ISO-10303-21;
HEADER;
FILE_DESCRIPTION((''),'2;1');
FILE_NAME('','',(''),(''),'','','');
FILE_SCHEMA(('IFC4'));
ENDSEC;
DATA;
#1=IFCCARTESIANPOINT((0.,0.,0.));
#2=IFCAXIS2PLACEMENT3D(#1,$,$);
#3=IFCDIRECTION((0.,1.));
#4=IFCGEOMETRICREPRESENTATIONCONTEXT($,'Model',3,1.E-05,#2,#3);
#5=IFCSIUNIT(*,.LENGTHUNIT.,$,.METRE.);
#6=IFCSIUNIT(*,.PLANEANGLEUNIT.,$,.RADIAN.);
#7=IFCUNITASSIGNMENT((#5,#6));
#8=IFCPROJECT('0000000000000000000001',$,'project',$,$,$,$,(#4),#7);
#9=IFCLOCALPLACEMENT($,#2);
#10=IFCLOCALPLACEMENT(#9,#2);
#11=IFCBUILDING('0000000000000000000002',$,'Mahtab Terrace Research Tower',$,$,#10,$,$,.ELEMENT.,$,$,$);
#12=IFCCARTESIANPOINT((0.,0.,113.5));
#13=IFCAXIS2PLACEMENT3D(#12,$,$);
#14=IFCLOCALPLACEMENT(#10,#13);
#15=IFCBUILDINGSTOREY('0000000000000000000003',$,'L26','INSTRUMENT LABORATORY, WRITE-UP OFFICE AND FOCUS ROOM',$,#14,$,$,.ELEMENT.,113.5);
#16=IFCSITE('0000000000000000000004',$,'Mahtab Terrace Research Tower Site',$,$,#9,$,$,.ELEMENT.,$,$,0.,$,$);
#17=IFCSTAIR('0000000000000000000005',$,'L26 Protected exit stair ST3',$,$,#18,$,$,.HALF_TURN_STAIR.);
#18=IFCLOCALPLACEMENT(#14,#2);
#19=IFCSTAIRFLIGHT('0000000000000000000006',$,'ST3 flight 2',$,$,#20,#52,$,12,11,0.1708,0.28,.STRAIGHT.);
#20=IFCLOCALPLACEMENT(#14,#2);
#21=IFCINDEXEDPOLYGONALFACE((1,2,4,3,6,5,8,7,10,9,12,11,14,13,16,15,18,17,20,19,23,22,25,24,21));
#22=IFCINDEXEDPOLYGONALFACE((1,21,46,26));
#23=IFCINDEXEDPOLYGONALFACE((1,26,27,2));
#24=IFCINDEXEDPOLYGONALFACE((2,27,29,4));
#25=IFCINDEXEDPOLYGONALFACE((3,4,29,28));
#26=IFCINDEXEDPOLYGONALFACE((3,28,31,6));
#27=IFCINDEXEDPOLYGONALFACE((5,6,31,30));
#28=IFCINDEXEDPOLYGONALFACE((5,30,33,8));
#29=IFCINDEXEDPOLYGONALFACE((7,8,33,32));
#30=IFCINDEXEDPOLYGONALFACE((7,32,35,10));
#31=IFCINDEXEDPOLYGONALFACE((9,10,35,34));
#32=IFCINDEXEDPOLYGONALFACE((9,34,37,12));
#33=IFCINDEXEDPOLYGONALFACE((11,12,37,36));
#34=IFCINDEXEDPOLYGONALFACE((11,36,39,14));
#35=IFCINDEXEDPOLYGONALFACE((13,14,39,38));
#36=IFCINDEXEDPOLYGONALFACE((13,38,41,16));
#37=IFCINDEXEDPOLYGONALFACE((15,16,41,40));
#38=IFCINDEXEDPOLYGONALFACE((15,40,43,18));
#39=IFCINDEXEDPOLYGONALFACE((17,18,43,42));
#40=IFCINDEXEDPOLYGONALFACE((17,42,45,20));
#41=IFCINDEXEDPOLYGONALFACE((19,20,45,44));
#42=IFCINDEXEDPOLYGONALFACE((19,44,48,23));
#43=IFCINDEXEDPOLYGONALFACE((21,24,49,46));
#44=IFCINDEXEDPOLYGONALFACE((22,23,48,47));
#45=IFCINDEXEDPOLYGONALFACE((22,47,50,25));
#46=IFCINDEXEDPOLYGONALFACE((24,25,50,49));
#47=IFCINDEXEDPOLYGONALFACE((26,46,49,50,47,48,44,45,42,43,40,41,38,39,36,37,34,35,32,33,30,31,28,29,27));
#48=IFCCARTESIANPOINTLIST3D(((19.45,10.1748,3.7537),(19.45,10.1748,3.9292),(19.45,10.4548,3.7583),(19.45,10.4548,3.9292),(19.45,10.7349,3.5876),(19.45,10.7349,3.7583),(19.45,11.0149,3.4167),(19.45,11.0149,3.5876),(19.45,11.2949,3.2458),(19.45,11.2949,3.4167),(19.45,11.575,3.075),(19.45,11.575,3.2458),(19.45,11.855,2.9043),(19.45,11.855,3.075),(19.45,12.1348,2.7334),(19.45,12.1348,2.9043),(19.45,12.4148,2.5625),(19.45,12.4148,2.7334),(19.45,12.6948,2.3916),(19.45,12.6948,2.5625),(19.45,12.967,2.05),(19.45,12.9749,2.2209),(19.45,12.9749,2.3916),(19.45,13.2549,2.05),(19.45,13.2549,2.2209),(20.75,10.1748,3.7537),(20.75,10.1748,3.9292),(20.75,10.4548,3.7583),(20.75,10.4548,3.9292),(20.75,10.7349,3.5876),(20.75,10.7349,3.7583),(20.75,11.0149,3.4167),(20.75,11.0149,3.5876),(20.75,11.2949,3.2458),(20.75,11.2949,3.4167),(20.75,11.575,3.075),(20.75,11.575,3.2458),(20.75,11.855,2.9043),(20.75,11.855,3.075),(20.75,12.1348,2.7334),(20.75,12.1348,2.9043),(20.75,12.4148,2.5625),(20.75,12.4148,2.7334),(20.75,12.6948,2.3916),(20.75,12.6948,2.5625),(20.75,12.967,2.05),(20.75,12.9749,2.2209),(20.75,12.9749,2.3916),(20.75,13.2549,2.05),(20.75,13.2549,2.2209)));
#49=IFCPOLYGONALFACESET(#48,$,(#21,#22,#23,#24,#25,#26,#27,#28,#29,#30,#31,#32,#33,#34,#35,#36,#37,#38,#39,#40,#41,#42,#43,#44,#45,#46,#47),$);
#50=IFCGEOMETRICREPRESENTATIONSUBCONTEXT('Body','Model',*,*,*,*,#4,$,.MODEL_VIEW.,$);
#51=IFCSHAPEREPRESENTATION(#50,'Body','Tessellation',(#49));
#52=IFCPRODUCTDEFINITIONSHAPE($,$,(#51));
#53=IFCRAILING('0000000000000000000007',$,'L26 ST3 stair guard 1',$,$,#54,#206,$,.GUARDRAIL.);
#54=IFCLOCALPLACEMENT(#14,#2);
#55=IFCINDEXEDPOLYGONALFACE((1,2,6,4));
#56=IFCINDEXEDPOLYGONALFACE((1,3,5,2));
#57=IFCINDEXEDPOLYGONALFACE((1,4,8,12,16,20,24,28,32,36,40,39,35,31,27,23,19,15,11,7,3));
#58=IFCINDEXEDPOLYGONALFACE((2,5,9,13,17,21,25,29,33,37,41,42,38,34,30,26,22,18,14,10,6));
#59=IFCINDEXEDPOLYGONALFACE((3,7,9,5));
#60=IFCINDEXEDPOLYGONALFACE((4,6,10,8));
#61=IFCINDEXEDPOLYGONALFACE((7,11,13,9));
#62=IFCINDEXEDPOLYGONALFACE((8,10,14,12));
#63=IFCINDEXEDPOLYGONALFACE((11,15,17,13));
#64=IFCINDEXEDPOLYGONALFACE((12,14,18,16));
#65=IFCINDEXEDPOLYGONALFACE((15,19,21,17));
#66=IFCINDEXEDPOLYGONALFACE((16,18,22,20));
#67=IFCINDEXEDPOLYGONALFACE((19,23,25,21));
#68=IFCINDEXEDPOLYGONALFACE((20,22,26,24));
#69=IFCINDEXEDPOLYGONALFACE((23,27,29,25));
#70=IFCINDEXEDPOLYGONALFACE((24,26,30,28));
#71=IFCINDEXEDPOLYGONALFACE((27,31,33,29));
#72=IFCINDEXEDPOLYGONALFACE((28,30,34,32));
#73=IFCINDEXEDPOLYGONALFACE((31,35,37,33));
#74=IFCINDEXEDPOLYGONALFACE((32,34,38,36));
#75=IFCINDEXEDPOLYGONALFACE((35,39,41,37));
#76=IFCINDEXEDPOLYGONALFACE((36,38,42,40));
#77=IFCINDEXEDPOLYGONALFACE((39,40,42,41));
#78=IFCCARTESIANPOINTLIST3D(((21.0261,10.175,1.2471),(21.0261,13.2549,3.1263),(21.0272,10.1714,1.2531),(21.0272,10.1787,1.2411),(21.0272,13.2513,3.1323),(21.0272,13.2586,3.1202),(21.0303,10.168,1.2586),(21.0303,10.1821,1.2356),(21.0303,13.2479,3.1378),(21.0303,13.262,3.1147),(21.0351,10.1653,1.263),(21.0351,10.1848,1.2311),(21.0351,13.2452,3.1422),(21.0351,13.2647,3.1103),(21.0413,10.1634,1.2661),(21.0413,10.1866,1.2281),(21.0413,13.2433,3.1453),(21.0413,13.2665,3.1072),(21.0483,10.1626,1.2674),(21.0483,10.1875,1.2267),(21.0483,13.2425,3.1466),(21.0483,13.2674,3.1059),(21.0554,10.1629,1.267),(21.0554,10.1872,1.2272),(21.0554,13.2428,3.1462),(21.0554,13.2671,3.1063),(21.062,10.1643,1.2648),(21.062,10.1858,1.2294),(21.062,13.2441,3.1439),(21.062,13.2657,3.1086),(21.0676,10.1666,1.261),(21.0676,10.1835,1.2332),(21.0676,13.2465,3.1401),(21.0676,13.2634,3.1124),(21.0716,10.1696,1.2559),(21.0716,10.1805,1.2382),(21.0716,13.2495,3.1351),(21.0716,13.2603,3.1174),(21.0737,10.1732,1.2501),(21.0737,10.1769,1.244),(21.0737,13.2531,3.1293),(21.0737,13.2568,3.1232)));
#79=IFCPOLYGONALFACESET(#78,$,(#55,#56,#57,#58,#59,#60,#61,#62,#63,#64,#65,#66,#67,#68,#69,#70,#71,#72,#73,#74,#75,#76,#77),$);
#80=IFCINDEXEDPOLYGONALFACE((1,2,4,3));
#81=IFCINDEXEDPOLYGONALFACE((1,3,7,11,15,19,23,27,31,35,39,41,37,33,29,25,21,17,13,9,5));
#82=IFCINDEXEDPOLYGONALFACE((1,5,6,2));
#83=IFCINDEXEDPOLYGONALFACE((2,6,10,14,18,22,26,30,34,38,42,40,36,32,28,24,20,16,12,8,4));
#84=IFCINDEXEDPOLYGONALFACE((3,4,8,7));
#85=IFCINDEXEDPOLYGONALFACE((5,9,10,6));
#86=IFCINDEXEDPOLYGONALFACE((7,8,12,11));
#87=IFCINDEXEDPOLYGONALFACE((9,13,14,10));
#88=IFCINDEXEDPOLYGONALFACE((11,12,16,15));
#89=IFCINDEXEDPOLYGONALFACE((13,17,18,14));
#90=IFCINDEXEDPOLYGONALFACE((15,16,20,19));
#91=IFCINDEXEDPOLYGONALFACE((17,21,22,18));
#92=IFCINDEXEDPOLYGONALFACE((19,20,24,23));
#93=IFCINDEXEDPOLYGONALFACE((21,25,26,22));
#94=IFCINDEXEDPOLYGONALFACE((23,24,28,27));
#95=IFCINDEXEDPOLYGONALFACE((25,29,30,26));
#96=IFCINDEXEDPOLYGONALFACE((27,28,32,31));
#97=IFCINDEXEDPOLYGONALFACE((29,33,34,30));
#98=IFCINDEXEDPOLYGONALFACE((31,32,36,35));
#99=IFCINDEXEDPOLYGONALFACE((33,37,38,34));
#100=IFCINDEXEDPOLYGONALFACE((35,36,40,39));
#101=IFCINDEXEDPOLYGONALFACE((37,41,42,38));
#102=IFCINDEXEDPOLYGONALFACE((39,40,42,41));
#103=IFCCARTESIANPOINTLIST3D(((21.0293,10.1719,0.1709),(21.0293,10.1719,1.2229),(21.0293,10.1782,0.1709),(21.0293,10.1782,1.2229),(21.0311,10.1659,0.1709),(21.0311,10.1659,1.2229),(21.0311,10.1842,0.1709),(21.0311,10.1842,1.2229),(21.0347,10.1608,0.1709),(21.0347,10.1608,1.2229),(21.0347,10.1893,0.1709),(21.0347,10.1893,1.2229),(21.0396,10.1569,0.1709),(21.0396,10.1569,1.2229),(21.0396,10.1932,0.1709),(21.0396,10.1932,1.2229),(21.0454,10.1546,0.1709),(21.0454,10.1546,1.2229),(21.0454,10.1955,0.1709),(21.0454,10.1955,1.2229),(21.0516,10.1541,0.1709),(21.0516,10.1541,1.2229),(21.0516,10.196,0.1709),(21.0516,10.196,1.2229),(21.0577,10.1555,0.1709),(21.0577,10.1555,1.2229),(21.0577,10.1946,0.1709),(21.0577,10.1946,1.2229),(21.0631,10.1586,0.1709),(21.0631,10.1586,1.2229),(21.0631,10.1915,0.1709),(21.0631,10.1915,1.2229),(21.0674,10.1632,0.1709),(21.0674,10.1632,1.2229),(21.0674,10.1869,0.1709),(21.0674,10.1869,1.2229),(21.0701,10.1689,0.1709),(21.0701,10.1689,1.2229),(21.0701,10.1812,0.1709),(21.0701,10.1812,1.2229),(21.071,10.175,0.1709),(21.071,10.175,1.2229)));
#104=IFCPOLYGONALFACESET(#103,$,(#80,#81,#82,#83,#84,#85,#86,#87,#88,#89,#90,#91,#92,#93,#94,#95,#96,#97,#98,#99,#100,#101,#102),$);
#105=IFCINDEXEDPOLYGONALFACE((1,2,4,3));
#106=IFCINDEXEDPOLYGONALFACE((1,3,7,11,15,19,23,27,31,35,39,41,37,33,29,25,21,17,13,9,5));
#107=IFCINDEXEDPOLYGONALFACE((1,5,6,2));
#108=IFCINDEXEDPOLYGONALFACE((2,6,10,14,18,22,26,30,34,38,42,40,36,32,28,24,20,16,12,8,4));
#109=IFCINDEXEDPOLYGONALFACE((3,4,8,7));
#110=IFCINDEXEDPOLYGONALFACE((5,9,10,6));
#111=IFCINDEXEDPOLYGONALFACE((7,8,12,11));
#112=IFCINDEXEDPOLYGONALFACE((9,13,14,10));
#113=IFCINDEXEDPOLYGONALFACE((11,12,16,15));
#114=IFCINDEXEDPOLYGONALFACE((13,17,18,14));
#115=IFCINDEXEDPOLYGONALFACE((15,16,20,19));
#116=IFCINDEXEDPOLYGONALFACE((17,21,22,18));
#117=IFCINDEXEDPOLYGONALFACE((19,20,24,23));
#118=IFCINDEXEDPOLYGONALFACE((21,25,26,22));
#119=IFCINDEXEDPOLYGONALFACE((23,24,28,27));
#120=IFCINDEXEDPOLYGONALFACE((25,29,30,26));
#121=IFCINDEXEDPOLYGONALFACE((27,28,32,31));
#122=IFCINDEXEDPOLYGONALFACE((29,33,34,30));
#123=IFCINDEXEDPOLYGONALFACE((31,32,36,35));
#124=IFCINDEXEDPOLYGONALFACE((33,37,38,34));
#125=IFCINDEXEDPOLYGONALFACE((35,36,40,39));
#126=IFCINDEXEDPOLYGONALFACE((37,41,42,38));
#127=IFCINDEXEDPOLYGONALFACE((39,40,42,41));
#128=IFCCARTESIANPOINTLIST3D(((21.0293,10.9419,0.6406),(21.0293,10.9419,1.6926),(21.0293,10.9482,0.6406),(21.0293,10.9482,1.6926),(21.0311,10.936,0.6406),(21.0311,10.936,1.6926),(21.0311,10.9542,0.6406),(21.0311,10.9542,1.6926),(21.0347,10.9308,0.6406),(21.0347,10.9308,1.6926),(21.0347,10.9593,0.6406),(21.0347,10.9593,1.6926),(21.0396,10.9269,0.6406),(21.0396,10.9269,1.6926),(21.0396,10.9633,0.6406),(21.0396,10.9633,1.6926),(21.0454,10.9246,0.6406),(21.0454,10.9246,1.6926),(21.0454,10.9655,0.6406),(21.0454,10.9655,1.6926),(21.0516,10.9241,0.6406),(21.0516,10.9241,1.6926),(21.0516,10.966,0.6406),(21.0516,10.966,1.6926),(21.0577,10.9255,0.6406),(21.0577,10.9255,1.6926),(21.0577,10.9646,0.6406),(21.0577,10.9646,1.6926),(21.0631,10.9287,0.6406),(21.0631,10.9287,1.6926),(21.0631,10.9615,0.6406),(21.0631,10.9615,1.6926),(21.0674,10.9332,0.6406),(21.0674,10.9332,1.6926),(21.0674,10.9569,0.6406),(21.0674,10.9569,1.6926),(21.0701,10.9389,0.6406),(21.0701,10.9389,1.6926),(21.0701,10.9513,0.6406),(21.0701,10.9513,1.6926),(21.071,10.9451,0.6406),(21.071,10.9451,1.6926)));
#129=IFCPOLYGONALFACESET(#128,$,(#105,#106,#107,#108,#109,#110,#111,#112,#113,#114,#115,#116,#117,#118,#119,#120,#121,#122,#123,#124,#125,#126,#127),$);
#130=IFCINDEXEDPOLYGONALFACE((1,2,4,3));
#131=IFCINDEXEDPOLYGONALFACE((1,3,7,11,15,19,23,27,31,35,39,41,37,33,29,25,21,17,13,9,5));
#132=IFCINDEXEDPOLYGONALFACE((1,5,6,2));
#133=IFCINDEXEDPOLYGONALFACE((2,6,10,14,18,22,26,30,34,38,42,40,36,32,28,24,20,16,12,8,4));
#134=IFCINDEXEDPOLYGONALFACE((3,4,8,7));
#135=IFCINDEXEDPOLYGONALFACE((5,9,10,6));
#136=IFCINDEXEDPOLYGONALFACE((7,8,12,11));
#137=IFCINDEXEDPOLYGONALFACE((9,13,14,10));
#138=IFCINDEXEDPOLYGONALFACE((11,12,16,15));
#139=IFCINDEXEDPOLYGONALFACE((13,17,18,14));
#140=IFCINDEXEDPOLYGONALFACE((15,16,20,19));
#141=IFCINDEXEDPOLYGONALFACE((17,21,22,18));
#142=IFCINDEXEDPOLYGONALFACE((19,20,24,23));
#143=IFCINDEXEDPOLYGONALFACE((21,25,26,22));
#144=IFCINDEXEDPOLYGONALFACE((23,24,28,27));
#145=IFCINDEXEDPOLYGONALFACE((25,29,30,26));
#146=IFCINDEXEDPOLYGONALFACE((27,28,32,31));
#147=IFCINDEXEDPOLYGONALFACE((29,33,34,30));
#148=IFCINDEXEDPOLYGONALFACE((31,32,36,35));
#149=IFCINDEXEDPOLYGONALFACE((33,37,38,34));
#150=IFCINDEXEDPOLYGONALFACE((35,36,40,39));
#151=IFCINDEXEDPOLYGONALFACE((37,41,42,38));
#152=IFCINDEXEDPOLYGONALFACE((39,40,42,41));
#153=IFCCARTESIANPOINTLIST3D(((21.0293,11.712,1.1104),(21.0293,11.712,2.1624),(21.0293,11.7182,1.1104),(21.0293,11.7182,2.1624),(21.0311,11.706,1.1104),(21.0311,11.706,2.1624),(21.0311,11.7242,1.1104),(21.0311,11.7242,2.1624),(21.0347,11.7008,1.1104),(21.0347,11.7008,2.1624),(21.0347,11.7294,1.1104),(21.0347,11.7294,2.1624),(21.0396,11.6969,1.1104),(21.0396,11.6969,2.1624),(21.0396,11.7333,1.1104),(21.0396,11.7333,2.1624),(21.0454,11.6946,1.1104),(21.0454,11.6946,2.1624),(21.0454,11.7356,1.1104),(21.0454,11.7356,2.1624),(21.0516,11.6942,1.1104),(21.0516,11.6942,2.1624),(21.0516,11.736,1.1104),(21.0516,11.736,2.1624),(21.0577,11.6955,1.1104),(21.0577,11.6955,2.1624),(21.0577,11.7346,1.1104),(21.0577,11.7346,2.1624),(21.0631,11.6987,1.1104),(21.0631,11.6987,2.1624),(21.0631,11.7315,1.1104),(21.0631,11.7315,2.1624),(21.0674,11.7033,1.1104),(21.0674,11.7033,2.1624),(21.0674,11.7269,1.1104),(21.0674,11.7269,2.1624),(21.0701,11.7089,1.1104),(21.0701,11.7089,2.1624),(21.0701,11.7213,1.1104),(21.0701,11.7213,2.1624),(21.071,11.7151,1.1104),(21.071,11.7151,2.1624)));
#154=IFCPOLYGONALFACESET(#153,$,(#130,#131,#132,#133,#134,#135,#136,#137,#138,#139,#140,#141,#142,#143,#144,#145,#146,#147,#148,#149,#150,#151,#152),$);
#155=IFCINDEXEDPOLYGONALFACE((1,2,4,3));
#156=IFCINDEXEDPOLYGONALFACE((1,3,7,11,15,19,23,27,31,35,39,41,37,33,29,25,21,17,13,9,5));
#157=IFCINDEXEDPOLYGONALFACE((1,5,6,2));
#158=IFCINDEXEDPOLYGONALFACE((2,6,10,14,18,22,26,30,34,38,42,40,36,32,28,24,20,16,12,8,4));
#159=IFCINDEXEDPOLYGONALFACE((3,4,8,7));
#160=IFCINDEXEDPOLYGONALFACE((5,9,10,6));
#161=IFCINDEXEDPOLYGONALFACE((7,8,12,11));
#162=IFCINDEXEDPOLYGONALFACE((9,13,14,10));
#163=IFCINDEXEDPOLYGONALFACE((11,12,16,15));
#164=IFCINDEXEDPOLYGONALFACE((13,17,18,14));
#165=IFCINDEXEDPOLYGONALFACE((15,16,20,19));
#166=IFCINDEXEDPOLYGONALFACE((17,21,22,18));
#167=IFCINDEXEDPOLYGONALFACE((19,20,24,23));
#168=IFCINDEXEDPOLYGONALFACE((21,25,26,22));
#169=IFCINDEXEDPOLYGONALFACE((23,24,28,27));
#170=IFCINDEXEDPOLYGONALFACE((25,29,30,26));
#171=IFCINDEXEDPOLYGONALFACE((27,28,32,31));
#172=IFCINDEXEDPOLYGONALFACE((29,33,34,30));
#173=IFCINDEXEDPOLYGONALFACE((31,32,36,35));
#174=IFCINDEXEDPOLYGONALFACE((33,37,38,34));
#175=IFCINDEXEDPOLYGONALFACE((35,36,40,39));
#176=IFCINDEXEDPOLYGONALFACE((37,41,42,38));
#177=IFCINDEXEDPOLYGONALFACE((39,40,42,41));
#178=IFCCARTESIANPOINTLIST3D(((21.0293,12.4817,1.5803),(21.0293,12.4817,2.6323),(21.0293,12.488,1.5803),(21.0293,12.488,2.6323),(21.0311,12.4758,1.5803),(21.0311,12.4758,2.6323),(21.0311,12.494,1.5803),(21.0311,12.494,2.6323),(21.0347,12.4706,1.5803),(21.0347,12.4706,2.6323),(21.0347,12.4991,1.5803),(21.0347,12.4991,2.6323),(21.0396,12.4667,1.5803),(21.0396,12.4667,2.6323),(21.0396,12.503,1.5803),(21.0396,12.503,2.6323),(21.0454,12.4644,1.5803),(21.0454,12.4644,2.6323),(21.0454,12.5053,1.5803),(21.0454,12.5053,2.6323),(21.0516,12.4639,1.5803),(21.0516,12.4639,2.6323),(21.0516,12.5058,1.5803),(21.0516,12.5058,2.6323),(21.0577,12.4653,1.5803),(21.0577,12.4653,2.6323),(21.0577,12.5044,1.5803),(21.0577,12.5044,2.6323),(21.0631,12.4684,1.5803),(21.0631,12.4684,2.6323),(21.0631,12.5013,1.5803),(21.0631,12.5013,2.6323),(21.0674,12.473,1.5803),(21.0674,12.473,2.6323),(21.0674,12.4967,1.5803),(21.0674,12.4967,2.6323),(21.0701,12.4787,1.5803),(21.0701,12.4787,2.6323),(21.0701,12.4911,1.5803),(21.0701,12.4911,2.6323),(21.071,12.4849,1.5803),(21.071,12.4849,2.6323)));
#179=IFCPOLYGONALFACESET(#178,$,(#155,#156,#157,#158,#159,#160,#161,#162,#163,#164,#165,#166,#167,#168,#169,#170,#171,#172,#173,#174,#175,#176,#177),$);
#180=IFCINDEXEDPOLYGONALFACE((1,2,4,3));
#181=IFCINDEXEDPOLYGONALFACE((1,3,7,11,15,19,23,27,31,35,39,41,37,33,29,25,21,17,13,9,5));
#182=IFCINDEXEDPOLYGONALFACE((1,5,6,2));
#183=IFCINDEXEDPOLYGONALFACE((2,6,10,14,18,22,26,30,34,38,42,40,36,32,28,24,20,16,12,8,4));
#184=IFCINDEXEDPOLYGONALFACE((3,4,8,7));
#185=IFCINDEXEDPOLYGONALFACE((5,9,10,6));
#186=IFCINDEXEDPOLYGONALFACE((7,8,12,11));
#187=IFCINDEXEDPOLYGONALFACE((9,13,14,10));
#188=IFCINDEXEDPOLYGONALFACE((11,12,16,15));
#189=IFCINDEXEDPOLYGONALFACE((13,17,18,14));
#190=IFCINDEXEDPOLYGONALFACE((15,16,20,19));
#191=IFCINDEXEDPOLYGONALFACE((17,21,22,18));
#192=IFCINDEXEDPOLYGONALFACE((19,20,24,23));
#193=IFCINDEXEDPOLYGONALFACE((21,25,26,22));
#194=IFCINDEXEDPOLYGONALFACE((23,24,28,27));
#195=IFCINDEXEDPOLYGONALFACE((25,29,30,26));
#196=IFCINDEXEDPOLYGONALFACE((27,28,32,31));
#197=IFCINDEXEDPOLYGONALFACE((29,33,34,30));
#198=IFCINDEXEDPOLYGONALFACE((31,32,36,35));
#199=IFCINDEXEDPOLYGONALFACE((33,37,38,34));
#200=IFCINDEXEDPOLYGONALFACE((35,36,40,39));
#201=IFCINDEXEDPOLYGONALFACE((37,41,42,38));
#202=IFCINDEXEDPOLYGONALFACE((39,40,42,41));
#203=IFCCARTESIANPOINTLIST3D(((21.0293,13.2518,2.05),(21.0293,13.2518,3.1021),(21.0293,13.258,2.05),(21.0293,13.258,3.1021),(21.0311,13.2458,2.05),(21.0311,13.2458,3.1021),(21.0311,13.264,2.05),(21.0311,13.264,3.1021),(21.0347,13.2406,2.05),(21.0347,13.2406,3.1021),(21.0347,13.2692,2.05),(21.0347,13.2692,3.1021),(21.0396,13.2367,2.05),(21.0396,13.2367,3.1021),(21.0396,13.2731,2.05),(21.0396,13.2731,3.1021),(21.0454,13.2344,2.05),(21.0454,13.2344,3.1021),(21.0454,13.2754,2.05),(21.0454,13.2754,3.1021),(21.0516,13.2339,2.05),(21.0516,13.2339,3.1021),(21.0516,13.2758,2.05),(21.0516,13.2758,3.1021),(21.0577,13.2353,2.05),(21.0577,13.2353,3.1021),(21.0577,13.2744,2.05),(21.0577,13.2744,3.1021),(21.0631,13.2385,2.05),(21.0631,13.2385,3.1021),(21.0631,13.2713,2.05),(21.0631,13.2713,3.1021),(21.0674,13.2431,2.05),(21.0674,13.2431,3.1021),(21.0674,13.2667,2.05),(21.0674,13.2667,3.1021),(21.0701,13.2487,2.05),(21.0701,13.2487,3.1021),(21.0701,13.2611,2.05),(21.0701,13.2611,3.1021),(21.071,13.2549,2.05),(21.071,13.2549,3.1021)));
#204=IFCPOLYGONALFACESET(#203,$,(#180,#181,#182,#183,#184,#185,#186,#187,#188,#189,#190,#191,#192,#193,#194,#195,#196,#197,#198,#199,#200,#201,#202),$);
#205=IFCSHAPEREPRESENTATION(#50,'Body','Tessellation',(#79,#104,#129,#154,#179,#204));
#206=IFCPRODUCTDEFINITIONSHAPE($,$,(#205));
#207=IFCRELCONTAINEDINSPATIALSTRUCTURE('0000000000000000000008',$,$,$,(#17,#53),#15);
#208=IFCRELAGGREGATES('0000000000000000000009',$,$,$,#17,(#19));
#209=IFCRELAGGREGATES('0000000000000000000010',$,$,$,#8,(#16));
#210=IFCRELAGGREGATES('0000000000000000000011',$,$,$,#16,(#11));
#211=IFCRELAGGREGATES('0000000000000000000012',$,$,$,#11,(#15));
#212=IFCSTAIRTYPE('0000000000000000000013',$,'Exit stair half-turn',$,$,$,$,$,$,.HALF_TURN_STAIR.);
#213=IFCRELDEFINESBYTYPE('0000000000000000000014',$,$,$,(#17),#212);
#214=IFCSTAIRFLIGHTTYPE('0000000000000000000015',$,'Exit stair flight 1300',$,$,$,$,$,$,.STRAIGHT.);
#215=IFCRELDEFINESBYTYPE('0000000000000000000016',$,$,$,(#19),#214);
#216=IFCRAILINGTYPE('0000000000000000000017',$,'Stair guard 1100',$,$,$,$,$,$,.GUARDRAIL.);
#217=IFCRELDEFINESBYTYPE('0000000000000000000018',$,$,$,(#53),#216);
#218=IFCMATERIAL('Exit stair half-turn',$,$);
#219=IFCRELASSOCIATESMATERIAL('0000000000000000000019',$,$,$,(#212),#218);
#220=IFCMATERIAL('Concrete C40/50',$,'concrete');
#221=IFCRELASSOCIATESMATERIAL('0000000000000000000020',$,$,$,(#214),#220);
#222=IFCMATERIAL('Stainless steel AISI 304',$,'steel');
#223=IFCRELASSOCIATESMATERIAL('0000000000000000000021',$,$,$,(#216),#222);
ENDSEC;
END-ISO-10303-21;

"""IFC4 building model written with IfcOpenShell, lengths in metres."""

from ifc_helpers import new_model, si_unit, direction, frame, origin, origin_2d, place, context, subcontext, project, spatial, polyline, circle, outline, extrude, material, type_object, element, aggregate, save


model = new_model("IFC4")

# Units and contexts
model_context = context("Model", 3, precision=1e-05, world=origin(), true_north=direction((0.0, 1.0)))
body_context = subcontext(model_context, "Body", "Model", "MODEL_VIEW")
ifc_project = project(units=[si_unit("LENGTHUNIT", "METRE"), si_unit("PLANEANGLEUNIT", "RADIAN")], contexts=[model_context])

# Site, building, storey
site_placement = place(None, origin())
site = spatial("IfcSite", under=ifc_project, at=site_placement, Name="Mahtab Terrace Research Tower Site", CompositionType="ELEMENT", RefElevation=0.0)
building_placement = place(site_placement, origin())
building = spatial("IfcBuilding", under=site, at=building_placement, Name="Mahtab Terrace Research Tower", CompositionType="ELEMENT")
storey_placement = place(building_placement, frame((0.0, 0.0, 113.5)))
storey = spatial("IfcBuildingStorey", under=building, at=storey_placement, Name="L26", Description="INSTRUMENT LABORATORY, WRITE-UP OFFICE AND FOCUS ROOM", CompositionType="ELEMENT", Elevation=113.5)

# Shared definitions
ifc_material_1 = material(Name="Stainless steel AISI 304", Category="steel")

# Stair, stair flight
ifc_material_2 = material(Name="Exit stair half-turn")
stair_type = type_object("IfcStairType", Name="Exit stair half-turn", PredefinedType="HALF_TURN_STAIR", material=ifc_material_2)
stair_placement = place(storey_placement, origin())
stair = element("IfcStair", 1, at=stair_placement, inside=storey, type_object=stair_type, Name="L26 Protected exit stair ST3", PredefinedType="HALF_TURN_STAIR")
ifc_material_3 = material(Name="Concrete C40/50", Category="concrete")
stair_flight_type = type_object("IfcStairFlightType", Name="Exit stair flight 1300", PredefinedType="STRAIGHT", material=ifc_material_3)
stair_flight_1_placement = place(storey_placement, frame((20.1001, 13.2549, 2.05), z_axis=(0.0, 0.0, 1.0), x_axis=(0.0, -1.0, 0.0)))
stair_flight_1 = element("IfcStairFlight", 2, at=stair_flight_1_placement, type_object=stair_flight_type, Name="ST3 flight 2", NumberOfRisers=12, NumberOfTreads=11, PredefinedType="STRAIGHT", RiserHeight=0.1708, TreadLength=0.28, context=body_context, shape_type="SweptSolid", body=[
    extrude(outline(polyline([(0.0, 0.0), (0.0, 0.1709), (0.28, 0.1709), (0.28, 0.3416), (0.5601, 0.3416), (0.5601, 0.5125), (0.8401, 0.5125), (0.8401, 0.6833), (1.1201, 0.6833), (1.1201, 0.8542), (1.3999, 0.8542), (1.3999, 1.0249), (1.6799, 1.0249), (1.6799, 1.1958), (1.96, 1.1958), (1.96, 1.3667), (2.24, 1.3667), (2.24, 1.5376), (2.52, 1.5376), (2.52, 1.7083), (2.8, 1.7083), (2.8, 1.8792), (3.0801, 1.8792), (3.0801, 2.05), (3.0801, 1.7036), (0.2878, 0.0), (0.0, 0.0)])), frame((0.0, 0.6499, 0.0), z_axis=(0.0, -1.0, 0.0), x_axis=(1.0, 0.0, 0.0)), (0.0, 0.0, 1.0), 1.3),
])
aggregate(stair, [stair_flight_1])

# Railing
railing_type_1 = type_object("IfcRailingType", Name="Stair guard 1100", PredefinedType="GUARDRAIL", material=ifc_material_1)
railing_1_placement = place(storey_placement, frame((21.05, 10.175, 0.1709)))
element("IfcRailing", 3, at=railing_1_placement, inside=storey, type_object=railing_type_1, Name="L26 ST3 stair guard 1", PredefinedType="GUARDRAIL", context=body_context, shape_type="SweptSolid", body=[
    extrude(circle(Radius=0.0239, at=origin_2d()), frame((0.0, 0.0, 1.0762), z_axis=(0.0, 0.853648, 0.52085), x_axis=(-1.0, 0.0, 0.0)), (0.0, 0.0, 1.0), 3.6079),
    extrude(circle(Radius=0.021, at=origin_2d()), origin(), (0.0, 0.0, 1.0), 1.052),
    extrude(circle(Radius=0.021, at=origin_2d()), frame((0.0, 0.77, 0.4697)), (0.0, 0.0, 1.0), 1.052),
    extrude(circle(Radius=0.021, at=origin_2d()), frame((0.0, 1.54, 0.9395)), (0.0, 0.0, 1.0), 1.052),
    extrude(circle(Radius=0.021, at=origin_2d()), frame((0.0, 2.3098, 1.4094)), (0.0, 0.0, 1.0), 1.052),
    extrude(circle(Radius=0.021, at=origin_2d()), frame((0.0, 3.0798, 1.8792)), (0.0, 0.0, 1.0), 1.052),
])

save(model, "model.ifc")
